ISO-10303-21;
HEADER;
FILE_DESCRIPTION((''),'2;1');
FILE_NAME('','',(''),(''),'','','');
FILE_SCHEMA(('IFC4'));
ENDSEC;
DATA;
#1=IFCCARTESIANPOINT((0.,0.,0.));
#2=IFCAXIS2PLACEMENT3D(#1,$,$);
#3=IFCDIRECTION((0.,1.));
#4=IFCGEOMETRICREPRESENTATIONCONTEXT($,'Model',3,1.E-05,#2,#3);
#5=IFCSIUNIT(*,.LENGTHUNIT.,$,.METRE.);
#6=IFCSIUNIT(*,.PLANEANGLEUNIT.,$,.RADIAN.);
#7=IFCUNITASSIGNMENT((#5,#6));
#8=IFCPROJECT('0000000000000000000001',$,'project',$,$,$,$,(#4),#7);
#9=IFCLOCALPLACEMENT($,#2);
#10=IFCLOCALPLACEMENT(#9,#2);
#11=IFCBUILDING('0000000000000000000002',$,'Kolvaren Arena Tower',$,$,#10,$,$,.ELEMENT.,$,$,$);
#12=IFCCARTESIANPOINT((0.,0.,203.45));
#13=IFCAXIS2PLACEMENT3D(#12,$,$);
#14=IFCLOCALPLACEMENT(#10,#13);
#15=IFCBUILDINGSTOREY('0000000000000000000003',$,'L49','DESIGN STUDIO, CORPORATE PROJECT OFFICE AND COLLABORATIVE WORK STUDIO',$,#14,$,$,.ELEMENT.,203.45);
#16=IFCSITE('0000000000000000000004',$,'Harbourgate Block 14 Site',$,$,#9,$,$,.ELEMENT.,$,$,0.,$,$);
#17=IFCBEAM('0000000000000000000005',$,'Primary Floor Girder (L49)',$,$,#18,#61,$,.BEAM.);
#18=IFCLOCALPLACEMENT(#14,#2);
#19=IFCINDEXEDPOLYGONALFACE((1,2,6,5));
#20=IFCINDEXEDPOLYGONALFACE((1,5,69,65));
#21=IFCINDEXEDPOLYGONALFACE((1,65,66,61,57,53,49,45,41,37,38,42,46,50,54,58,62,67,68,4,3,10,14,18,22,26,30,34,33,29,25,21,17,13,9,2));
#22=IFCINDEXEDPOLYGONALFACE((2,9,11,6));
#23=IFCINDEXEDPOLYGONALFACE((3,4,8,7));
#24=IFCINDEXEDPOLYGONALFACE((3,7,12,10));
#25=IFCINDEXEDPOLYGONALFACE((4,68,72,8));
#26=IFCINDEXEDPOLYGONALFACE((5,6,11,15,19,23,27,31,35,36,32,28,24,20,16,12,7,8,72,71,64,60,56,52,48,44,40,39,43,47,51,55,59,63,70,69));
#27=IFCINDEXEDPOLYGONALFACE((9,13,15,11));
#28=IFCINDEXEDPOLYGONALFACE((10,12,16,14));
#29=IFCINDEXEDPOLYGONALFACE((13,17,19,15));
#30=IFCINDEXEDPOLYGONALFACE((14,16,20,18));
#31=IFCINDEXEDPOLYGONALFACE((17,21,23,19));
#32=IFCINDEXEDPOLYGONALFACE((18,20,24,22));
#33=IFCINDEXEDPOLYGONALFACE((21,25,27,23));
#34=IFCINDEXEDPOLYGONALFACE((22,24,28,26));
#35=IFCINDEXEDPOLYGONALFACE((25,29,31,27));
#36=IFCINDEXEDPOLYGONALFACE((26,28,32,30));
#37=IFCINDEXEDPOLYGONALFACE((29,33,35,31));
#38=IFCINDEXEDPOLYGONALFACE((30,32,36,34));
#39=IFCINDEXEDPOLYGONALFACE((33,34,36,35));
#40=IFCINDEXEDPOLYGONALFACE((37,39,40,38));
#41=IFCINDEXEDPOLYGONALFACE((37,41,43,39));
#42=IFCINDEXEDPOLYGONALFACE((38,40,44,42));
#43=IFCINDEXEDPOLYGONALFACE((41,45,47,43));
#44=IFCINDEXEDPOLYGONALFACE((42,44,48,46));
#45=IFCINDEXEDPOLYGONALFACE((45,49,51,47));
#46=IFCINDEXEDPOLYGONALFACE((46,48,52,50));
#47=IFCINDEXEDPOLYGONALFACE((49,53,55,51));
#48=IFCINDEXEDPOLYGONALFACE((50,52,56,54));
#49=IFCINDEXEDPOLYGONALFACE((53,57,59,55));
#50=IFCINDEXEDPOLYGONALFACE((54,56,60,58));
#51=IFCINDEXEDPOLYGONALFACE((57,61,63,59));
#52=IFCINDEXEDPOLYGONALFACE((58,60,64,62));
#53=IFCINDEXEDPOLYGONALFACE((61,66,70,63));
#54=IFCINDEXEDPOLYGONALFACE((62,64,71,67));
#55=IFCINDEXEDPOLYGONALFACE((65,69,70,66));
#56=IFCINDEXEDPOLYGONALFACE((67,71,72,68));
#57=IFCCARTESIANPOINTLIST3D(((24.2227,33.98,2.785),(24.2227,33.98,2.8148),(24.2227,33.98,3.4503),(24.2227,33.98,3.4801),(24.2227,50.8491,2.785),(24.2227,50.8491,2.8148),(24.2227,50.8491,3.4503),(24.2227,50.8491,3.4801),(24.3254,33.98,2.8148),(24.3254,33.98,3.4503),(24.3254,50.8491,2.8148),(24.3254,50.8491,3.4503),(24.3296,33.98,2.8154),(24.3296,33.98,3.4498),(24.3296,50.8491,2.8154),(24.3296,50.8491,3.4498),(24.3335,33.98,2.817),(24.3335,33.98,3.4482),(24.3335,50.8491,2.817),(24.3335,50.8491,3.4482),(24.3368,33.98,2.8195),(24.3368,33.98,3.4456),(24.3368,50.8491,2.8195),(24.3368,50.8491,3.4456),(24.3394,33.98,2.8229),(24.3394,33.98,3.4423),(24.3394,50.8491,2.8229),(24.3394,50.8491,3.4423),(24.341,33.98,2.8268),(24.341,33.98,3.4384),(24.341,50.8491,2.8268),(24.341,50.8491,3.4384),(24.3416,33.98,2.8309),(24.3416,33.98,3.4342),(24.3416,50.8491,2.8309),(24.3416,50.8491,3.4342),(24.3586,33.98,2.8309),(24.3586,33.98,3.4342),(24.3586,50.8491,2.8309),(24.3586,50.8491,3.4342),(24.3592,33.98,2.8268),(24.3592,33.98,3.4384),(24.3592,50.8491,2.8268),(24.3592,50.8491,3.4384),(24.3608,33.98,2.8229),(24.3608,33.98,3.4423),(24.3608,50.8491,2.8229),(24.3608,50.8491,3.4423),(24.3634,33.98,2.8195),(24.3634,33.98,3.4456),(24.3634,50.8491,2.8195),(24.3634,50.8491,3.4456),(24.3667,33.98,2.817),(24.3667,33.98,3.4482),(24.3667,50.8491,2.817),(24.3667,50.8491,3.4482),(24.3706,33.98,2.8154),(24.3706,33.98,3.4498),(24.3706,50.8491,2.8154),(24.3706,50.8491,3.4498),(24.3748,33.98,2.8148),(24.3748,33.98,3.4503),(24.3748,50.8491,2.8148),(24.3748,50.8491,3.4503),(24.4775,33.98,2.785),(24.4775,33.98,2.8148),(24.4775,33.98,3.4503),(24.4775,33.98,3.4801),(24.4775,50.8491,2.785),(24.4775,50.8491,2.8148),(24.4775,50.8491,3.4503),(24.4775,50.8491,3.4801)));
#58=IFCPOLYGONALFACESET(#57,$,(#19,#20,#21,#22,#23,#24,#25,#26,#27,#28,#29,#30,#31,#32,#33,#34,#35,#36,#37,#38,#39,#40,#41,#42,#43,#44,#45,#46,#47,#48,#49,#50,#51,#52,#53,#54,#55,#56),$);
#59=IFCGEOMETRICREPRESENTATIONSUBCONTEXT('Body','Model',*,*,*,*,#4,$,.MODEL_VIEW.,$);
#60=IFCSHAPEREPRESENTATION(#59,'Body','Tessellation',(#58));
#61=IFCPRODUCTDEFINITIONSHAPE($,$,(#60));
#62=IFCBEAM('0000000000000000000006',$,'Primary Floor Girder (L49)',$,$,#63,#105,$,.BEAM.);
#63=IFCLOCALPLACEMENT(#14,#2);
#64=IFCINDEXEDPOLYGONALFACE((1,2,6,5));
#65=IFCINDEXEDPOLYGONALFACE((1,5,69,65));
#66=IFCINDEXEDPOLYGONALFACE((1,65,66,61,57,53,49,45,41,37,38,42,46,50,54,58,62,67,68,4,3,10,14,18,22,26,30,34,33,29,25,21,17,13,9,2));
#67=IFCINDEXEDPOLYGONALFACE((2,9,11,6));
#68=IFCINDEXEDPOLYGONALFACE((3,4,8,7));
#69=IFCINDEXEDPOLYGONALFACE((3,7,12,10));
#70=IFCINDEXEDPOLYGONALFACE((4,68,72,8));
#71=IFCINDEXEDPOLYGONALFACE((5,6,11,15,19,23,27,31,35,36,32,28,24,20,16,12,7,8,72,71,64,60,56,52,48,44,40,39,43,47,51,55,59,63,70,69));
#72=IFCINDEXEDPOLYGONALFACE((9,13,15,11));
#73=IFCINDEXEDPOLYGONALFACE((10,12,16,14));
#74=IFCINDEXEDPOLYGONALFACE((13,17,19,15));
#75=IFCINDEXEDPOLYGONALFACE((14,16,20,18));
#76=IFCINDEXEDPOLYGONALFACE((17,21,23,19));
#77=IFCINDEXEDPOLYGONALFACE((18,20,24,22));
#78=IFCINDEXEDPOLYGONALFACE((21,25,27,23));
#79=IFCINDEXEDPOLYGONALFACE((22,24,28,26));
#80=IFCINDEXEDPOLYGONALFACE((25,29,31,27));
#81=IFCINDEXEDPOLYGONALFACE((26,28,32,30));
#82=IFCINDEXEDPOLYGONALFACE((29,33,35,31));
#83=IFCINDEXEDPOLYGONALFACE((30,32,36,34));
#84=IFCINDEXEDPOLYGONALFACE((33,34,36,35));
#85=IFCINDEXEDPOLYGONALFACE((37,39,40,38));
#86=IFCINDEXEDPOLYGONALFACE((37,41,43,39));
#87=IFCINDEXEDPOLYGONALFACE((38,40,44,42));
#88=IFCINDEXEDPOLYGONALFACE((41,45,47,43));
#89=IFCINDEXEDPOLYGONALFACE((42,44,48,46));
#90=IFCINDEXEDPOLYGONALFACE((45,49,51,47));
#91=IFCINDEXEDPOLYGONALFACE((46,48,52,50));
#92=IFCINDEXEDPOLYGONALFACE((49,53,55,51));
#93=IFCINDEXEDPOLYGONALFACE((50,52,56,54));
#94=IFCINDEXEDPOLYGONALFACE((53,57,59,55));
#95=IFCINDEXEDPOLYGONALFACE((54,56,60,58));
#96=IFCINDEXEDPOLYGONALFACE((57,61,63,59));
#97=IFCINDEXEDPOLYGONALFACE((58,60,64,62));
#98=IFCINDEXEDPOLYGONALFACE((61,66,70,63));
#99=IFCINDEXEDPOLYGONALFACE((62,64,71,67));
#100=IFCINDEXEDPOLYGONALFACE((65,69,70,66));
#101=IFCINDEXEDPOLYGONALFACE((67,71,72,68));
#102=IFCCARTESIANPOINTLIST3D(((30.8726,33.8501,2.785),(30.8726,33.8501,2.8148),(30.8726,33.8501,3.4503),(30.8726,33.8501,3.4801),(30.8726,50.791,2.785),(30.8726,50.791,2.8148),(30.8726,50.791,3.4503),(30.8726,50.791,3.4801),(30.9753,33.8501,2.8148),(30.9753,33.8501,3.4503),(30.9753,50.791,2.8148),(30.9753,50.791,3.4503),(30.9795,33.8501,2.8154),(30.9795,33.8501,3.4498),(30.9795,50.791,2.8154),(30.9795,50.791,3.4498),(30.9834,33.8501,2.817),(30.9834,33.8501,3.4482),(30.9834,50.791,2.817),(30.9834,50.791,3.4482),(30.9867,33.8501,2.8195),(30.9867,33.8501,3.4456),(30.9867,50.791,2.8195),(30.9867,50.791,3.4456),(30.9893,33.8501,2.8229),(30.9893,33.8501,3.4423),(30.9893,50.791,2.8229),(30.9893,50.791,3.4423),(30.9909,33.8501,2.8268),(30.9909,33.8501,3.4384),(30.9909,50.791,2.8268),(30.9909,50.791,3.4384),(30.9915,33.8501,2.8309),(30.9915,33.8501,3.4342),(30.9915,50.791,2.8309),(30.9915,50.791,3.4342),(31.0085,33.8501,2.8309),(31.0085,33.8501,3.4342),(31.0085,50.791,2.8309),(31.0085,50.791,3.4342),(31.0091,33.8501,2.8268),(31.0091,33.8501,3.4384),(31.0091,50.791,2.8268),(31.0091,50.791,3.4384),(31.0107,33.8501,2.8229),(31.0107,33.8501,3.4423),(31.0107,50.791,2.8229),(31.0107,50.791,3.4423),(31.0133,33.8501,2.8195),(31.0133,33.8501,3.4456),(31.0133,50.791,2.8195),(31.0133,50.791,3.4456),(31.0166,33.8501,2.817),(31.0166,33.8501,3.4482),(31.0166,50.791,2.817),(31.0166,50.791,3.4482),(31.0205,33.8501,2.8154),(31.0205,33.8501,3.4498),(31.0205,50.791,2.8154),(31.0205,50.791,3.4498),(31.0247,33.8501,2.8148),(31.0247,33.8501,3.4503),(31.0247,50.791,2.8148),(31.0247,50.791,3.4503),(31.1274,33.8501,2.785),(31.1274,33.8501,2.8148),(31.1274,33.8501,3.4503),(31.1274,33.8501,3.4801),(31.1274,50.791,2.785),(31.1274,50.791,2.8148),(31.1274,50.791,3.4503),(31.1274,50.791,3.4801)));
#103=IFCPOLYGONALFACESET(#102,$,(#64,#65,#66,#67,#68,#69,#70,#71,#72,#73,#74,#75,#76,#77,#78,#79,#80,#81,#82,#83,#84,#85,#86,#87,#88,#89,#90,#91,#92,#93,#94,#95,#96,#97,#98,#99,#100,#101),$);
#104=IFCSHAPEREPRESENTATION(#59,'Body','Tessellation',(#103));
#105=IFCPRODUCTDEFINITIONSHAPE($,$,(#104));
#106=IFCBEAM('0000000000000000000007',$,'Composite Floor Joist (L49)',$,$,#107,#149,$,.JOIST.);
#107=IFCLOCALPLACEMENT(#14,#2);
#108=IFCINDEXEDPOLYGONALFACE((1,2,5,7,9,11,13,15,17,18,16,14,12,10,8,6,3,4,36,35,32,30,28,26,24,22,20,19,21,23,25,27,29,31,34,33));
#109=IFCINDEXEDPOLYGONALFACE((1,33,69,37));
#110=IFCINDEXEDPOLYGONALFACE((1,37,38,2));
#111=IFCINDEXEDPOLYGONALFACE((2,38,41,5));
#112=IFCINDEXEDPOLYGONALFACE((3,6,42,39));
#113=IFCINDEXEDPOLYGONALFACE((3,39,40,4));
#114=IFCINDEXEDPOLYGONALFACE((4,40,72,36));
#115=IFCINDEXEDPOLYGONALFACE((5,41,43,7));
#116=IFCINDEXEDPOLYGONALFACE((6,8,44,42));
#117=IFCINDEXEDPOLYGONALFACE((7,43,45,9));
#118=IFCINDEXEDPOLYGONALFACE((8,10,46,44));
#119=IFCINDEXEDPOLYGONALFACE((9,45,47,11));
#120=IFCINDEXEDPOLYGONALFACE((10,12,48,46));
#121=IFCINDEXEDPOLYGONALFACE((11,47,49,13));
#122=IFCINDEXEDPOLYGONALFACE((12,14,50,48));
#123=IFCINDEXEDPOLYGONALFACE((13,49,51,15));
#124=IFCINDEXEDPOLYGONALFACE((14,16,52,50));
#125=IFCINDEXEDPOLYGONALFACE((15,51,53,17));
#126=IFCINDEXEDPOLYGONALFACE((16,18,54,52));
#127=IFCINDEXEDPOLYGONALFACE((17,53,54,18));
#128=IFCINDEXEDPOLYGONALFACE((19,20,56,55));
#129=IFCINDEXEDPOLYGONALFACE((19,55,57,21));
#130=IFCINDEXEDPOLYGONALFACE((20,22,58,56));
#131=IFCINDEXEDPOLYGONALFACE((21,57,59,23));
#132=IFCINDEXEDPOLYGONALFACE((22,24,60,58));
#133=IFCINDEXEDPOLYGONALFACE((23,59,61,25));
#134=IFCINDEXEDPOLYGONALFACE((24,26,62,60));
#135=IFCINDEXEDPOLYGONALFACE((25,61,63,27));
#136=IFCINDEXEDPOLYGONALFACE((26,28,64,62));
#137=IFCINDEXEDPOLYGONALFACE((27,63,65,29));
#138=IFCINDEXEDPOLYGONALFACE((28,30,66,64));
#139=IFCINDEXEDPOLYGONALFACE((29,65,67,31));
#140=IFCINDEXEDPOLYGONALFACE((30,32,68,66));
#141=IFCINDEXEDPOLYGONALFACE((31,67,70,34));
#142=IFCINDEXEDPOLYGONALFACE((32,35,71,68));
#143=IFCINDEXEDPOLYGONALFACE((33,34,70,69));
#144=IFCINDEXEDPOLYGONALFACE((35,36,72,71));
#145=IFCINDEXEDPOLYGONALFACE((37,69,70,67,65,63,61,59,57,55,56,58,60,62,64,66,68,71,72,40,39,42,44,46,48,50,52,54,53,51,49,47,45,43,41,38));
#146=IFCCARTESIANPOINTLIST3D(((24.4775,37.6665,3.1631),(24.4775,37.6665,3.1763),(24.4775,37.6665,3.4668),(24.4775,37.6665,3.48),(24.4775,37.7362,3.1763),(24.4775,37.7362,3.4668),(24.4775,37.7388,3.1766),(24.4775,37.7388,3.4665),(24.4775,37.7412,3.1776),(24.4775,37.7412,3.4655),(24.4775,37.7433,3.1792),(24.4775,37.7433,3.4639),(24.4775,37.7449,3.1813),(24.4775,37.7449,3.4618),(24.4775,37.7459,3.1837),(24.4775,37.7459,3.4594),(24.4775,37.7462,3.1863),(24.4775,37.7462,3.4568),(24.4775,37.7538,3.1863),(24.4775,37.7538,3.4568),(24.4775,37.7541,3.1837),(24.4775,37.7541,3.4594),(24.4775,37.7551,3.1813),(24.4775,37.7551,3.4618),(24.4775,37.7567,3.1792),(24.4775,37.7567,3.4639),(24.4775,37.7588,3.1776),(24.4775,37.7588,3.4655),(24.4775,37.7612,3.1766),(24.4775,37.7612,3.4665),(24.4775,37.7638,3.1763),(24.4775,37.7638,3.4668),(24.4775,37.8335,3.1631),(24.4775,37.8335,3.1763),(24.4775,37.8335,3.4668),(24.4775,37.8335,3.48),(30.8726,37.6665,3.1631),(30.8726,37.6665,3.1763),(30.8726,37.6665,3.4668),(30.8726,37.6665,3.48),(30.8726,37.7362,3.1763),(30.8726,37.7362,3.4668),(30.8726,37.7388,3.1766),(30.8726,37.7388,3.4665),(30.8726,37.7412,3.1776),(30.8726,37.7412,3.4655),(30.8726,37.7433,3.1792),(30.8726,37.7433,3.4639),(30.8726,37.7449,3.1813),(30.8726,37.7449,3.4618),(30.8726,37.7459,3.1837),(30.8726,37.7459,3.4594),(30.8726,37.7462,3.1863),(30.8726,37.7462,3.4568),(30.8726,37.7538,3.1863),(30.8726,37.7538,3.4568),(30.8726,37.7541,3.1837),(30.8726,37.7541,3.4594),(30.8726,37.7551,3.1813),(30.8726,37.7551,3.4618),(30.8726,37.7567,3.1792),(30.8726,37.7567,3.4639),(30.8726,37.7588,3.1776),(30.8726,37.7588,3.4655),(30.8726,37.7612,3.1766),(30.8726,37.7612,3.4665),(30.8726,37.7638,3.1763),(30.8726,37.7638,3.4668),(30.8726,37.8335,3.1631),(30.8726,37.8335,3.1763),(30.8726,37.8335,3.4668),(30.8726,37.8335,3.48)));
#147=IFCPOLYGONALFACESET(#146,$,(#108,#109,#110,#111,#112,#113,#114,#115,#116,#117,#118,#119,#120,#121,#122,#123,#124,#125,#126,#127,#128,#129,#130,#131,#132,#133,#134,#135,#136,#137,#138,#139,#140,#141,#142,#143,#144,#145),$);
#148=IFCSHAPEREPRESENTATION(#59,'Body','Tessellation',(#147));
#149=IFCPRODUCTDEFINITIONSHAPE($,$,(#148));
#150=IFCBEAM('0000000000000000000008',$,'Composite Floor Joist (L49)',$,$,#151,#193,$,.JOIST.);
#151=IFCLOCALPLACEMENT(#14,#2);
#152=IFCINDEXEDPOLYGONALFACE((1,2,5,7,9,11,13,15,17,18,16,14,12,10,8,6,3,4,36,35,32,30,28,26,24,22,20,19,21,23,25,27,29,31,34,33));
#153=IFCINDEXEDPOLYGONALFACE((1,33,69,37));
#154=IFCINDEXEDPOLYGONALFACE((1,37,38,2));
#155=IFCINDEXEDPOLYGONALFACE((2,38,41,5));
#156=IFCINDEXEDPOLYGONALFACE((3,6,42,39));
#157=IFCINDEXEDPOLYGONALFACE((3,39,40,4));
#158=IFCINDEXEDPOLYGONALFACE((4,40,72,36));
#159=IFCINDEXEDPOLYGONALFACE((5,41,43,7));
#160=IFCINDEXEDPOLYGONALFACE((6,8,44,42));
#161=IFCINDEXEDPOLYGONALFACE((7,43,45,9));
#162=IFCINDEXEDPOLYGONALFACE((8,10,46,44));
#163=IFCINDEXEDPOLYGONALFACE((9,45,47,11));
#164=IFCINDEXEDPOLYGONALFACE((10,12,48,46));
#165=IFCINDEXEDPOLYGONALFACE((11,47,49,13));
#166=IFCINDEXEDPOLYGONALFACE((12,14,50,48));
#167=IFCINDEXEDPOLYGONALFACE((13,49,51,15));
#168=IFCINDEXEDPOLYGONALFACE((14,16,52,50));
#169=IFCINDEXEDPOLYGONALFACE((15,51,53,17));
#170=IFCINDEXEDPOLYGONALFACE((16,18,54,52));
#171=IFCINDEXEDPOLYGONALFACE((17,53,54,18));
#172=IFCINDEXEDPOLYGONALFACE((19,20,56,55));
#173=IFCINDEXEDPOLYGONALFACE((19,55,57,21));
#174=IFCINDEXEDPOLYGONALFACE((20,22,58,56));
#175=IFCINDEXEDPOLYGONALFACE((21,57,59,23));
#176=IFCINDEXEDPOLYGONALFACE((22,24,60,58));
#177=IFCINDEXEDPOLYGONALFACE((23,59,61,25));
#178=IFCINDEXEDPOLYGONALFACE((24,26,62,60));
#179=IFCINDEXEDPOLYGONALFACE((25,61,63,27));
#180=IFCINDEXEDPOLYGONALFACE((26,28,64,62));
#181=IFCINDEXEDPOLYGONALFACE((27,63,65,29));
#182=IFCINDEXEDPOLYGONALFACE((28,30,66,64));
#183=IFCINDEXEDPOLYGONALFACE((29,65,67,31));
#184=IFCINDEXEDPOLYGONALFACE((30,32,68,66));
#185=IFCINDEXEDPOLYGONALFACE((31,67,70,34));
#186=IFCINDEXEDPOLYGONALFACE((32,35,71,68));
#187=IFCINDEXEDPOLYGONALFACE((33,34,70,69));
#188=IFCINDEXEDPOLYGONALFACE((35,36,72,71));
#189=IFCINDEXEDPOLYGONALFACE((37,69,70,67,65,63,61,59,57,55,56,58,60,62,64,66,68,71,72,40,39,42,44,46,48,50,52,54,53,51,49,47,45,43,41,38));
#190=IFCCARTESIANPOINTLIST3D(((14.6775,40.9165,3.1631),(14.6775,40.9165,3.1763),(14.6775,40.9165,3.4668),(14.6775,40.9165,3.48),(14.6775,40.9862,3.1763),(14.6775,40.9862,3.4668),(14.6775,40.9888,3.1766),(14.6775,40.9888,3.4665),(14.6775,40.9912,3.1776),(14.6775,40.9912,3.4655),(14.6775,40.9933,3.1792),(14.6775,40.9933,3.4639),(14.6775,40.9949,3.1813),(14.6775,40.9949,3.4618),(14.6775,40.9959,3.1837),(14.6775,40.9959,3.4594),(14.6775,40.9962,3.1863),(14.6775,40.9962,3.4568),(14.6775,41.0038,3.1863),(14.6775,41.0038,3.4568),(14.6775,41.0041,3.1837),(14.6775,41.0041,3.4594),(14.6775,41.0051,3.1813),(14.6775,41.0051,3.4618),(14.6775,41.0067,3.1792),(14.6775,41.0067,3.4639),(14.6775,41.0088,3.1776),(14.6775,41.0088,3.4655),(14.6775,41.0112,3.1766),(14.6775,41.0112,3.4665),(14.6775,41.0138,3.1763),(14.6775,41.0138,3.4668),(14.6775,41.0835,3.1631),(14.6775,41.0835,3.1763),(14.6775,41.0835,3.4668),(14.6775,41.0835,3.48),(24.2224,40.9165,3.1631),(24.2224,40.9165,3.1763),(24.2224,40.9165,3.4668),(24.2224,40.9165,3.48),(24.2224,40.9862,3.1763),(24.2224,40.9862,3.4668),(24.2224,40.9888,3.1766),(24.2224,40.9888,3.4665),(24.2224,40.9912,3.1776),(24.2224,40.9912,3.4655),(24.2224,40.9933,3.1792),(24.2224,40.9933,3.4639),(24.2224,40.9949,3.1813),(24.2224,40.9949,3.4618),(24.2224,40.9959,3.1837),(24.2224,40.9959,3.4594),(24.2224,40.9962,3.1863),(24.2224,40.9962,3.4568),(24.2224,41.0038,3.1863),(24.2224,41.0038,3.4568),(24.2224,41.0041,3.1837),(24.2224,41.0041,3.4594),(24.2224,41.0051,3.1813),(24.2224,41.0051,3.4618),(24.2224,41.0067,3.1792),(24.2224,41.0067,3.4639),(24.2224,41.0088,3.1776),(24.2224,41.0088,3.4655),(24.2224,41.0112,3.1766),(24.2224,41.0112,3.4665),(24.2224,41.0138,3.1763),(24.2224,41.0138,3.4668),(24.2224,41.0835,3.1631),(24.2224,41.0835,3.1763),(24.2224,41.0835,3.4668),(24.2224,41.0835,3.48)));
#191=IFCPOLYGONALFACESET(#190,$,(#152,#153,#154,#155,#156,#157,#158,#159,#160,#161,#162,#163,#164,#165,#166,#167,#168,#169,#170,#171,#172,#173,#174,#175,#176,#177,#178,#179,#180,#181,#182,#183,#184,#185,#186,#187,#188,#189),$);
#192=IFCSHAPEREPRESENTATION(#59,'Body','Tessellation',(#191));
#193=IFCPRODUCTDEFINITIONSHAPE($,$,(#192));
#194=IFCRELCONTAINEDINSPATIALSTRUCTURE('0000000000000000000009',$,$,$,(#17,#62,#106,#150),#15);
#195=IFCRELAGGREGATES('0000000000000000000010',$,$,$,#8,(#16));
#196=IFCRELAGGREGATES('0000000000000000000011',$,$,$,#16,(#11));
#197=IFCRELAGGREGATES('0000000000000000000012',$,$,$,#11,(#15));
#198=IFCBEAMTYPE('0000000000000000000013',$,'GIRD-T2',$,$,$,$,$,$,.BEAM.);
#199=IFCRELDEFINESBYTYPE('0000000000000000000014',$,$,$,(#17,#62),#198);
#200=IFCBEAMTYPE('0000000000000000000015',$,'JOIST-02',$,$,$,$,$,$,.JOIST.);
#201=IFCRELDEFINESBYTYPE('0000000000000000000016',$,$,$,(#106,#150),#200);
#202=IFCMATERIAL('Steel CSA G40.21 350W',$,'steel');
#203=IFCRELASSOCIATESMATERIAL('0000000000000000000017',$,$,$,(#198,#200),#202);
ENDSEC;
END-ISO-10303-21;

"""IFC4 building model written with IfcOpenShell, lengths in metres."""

from ifc_helpers import new_model, si_unit, direction, frame, origin, origin_2d, place, context, subcontext, project, spatial, i_section, extrude, material, material_profile, profile_set, type_object, element, save


model = new_model("IFC4")

# Units and contexts
model_context = context("Model", 3, precision=1e-05, world=origin(), true_north=direction((0.0, 1.0)))
body_context = subcontext(model_context, "Body", "Model", "MODEL_VIEW")
ifc_project = project(units=[si_unit("LENGTHUNIT", "METRE"), si_unit("PLANEANGLEUNIT", "RADIAN")], contexts=[model_context])

# Site, building, storey
site_placement = place(None, origin())
site = spatial("IfcSite", under=ifc_project, at=site_placement, Name="Harbourgate Block 14 Site", CompositionType="ELEMENT", RefElevation=0.0)
building_placement = place(site_placement, origin())
building = spatial("IfcBuilding", under=site, at=building_placement, Name="Kolvaren Arena Tower", CompositionType="ELEMENT")
storey_placement = place(building_placement, frame((0.0, 0.0, 203.45)))
storey = spatial("IfcBuildingStorey", under=building, at=storey_placement, Name="L49", Description="DESIGN STUDIO, CORPORATE PROJECT OFFICE AND COLLABORATIVE WORK STUDIO", CompositionType="ELEMENT", Elevation=203.45)

# Beams
ifc_material_1 = material(Name="Steel CSA G40.21 350W", Category="steel")
ifc_material_profile_1 = material_profile(ifc_material_1, i_section(OverallWidth=0.2549, OverallDepth=0.6951, WebThickness=0.0171, FlangeThickness=0.0298, FilletRadius=0.0161, at=origin_2d()), Name="W690x217")
ifc_profile_set_1 = profile_set([ifc_material_profile_1], Name="Steel CSA G40.21 350W")
beam_type_1 = type_object("IfcBeamType", Name="GIRD-T2", PredefinedType="BEAM", material=ifc_profile_set_1)
beam_1_placement = place(storey_placement, frame((24.3501, 33.98, 3.1326), z_axis=(0.0, 1.0, 0.0), x_axis=(-1.0, 0.0, 0.0)))
element("IfcBeam", 1, at=beam_1_placement, inside=storey, type_object=beam_type_1, Name="Primary Floor Girder (L49)", PredefinedType="BEAM", context=body_context, shape_type="SweptSolid", body=[
    extrude(i_section(OverallWidth=0.2549, OverallDepth=0.6951, WebThickness=0.0171, FlangeThickness=0.0298, FilletRadius=0.0161, at=origin_2d()), origin(), (0.0, 0.0, 1.0), 16.8691),
])
beam_2_placement = place(storey_placement, frame((31.0, 33.8501, 3.1326), z_axis=(0.0, 1.0, 0.0), x_axis=(-1.0, 0.0, 0.0)))
element("IfcBeam", 2, at=beam_2_placement, inside=storey, type_object=beam_type_1, Name="Primary Floor Girder (L49)", PredefinedType="BEAM", context=body_context, shape_type="SweptSolid", body=[
    extrude(i_section(OverallWidth=0.2549, OverallDepth=0.6951, WebThickness=0.0171, FlangeThickness=0.0298, FilletRadius=0.0161, at=origin_2d()), origin(), (0.0, 0.0, 1.0), 16.9409),
])
ifc_material_profile_2 = material_profile(ifc_material_1, i_section(OverallWidth=0.167, OverallDepth=0.3169, WebThickness=0.0076, FlangeThickness=0.0132, FilletRadius=0.01, at=origin_2d()), Name="W310x52")
ifc_profile_set_2 = profile_set([ifc_material_profile_2], Name="Steel CSA G40.21 350W")
beam_type_2 = type_object("IfcBeamType", Name="JOIST-02", PredefinedType="JOIST", material=ifc_profile_set_2)
beam_3_placement = place(storey_placement, frame((24.4775, 37.75, 3.3215), z_axis=(1.0, 0.0, 0.0), x_axis=(0.0, 1.0, 0.0)))
element("IfcBeam", 3, at=beam_3_placement, inside=storey, type_object=beam_type_2, Name="Composite Floor Joist (L49)", PredefinedType="JOIST", context=body_context, shape_type="SweptSolid", body=[
    extrude(i_section(OverallWidth=0.167, OverallDepth=0.3169, WebThickness=0.0076, FlangeThickness=0.0132, FilletRadius=0.01, at=origin_2d()), origin(), (0.0, 0.0, 1.0), 6.395),
])
beam_4_placement = place(storey_placement, frame((14.6775, 41.0, 3.3215), z_axis=(1.0, 0.0, 0.0), x_axis=(0.0, 1.0, 0.0)))
element("IfcBeam", 4, at=beam_4_placement, inside=storey, type_object=beam_type_2, Name="Composite Floor Joist (L49)", PredefinedType="JOIST", context=body_context, shape_type="SweptSolid", body=[
    extrude(i_section(OverallWidth=0.167, OverallDepth=0.3169, WebThickness=0.0076, FlangeThickness=0.0132, FilletRadius=0.01, at=origin_2d()), origin(), (0.0, 0.0, 1.0), 9.5449),
])

save(model, "model.ifc")
